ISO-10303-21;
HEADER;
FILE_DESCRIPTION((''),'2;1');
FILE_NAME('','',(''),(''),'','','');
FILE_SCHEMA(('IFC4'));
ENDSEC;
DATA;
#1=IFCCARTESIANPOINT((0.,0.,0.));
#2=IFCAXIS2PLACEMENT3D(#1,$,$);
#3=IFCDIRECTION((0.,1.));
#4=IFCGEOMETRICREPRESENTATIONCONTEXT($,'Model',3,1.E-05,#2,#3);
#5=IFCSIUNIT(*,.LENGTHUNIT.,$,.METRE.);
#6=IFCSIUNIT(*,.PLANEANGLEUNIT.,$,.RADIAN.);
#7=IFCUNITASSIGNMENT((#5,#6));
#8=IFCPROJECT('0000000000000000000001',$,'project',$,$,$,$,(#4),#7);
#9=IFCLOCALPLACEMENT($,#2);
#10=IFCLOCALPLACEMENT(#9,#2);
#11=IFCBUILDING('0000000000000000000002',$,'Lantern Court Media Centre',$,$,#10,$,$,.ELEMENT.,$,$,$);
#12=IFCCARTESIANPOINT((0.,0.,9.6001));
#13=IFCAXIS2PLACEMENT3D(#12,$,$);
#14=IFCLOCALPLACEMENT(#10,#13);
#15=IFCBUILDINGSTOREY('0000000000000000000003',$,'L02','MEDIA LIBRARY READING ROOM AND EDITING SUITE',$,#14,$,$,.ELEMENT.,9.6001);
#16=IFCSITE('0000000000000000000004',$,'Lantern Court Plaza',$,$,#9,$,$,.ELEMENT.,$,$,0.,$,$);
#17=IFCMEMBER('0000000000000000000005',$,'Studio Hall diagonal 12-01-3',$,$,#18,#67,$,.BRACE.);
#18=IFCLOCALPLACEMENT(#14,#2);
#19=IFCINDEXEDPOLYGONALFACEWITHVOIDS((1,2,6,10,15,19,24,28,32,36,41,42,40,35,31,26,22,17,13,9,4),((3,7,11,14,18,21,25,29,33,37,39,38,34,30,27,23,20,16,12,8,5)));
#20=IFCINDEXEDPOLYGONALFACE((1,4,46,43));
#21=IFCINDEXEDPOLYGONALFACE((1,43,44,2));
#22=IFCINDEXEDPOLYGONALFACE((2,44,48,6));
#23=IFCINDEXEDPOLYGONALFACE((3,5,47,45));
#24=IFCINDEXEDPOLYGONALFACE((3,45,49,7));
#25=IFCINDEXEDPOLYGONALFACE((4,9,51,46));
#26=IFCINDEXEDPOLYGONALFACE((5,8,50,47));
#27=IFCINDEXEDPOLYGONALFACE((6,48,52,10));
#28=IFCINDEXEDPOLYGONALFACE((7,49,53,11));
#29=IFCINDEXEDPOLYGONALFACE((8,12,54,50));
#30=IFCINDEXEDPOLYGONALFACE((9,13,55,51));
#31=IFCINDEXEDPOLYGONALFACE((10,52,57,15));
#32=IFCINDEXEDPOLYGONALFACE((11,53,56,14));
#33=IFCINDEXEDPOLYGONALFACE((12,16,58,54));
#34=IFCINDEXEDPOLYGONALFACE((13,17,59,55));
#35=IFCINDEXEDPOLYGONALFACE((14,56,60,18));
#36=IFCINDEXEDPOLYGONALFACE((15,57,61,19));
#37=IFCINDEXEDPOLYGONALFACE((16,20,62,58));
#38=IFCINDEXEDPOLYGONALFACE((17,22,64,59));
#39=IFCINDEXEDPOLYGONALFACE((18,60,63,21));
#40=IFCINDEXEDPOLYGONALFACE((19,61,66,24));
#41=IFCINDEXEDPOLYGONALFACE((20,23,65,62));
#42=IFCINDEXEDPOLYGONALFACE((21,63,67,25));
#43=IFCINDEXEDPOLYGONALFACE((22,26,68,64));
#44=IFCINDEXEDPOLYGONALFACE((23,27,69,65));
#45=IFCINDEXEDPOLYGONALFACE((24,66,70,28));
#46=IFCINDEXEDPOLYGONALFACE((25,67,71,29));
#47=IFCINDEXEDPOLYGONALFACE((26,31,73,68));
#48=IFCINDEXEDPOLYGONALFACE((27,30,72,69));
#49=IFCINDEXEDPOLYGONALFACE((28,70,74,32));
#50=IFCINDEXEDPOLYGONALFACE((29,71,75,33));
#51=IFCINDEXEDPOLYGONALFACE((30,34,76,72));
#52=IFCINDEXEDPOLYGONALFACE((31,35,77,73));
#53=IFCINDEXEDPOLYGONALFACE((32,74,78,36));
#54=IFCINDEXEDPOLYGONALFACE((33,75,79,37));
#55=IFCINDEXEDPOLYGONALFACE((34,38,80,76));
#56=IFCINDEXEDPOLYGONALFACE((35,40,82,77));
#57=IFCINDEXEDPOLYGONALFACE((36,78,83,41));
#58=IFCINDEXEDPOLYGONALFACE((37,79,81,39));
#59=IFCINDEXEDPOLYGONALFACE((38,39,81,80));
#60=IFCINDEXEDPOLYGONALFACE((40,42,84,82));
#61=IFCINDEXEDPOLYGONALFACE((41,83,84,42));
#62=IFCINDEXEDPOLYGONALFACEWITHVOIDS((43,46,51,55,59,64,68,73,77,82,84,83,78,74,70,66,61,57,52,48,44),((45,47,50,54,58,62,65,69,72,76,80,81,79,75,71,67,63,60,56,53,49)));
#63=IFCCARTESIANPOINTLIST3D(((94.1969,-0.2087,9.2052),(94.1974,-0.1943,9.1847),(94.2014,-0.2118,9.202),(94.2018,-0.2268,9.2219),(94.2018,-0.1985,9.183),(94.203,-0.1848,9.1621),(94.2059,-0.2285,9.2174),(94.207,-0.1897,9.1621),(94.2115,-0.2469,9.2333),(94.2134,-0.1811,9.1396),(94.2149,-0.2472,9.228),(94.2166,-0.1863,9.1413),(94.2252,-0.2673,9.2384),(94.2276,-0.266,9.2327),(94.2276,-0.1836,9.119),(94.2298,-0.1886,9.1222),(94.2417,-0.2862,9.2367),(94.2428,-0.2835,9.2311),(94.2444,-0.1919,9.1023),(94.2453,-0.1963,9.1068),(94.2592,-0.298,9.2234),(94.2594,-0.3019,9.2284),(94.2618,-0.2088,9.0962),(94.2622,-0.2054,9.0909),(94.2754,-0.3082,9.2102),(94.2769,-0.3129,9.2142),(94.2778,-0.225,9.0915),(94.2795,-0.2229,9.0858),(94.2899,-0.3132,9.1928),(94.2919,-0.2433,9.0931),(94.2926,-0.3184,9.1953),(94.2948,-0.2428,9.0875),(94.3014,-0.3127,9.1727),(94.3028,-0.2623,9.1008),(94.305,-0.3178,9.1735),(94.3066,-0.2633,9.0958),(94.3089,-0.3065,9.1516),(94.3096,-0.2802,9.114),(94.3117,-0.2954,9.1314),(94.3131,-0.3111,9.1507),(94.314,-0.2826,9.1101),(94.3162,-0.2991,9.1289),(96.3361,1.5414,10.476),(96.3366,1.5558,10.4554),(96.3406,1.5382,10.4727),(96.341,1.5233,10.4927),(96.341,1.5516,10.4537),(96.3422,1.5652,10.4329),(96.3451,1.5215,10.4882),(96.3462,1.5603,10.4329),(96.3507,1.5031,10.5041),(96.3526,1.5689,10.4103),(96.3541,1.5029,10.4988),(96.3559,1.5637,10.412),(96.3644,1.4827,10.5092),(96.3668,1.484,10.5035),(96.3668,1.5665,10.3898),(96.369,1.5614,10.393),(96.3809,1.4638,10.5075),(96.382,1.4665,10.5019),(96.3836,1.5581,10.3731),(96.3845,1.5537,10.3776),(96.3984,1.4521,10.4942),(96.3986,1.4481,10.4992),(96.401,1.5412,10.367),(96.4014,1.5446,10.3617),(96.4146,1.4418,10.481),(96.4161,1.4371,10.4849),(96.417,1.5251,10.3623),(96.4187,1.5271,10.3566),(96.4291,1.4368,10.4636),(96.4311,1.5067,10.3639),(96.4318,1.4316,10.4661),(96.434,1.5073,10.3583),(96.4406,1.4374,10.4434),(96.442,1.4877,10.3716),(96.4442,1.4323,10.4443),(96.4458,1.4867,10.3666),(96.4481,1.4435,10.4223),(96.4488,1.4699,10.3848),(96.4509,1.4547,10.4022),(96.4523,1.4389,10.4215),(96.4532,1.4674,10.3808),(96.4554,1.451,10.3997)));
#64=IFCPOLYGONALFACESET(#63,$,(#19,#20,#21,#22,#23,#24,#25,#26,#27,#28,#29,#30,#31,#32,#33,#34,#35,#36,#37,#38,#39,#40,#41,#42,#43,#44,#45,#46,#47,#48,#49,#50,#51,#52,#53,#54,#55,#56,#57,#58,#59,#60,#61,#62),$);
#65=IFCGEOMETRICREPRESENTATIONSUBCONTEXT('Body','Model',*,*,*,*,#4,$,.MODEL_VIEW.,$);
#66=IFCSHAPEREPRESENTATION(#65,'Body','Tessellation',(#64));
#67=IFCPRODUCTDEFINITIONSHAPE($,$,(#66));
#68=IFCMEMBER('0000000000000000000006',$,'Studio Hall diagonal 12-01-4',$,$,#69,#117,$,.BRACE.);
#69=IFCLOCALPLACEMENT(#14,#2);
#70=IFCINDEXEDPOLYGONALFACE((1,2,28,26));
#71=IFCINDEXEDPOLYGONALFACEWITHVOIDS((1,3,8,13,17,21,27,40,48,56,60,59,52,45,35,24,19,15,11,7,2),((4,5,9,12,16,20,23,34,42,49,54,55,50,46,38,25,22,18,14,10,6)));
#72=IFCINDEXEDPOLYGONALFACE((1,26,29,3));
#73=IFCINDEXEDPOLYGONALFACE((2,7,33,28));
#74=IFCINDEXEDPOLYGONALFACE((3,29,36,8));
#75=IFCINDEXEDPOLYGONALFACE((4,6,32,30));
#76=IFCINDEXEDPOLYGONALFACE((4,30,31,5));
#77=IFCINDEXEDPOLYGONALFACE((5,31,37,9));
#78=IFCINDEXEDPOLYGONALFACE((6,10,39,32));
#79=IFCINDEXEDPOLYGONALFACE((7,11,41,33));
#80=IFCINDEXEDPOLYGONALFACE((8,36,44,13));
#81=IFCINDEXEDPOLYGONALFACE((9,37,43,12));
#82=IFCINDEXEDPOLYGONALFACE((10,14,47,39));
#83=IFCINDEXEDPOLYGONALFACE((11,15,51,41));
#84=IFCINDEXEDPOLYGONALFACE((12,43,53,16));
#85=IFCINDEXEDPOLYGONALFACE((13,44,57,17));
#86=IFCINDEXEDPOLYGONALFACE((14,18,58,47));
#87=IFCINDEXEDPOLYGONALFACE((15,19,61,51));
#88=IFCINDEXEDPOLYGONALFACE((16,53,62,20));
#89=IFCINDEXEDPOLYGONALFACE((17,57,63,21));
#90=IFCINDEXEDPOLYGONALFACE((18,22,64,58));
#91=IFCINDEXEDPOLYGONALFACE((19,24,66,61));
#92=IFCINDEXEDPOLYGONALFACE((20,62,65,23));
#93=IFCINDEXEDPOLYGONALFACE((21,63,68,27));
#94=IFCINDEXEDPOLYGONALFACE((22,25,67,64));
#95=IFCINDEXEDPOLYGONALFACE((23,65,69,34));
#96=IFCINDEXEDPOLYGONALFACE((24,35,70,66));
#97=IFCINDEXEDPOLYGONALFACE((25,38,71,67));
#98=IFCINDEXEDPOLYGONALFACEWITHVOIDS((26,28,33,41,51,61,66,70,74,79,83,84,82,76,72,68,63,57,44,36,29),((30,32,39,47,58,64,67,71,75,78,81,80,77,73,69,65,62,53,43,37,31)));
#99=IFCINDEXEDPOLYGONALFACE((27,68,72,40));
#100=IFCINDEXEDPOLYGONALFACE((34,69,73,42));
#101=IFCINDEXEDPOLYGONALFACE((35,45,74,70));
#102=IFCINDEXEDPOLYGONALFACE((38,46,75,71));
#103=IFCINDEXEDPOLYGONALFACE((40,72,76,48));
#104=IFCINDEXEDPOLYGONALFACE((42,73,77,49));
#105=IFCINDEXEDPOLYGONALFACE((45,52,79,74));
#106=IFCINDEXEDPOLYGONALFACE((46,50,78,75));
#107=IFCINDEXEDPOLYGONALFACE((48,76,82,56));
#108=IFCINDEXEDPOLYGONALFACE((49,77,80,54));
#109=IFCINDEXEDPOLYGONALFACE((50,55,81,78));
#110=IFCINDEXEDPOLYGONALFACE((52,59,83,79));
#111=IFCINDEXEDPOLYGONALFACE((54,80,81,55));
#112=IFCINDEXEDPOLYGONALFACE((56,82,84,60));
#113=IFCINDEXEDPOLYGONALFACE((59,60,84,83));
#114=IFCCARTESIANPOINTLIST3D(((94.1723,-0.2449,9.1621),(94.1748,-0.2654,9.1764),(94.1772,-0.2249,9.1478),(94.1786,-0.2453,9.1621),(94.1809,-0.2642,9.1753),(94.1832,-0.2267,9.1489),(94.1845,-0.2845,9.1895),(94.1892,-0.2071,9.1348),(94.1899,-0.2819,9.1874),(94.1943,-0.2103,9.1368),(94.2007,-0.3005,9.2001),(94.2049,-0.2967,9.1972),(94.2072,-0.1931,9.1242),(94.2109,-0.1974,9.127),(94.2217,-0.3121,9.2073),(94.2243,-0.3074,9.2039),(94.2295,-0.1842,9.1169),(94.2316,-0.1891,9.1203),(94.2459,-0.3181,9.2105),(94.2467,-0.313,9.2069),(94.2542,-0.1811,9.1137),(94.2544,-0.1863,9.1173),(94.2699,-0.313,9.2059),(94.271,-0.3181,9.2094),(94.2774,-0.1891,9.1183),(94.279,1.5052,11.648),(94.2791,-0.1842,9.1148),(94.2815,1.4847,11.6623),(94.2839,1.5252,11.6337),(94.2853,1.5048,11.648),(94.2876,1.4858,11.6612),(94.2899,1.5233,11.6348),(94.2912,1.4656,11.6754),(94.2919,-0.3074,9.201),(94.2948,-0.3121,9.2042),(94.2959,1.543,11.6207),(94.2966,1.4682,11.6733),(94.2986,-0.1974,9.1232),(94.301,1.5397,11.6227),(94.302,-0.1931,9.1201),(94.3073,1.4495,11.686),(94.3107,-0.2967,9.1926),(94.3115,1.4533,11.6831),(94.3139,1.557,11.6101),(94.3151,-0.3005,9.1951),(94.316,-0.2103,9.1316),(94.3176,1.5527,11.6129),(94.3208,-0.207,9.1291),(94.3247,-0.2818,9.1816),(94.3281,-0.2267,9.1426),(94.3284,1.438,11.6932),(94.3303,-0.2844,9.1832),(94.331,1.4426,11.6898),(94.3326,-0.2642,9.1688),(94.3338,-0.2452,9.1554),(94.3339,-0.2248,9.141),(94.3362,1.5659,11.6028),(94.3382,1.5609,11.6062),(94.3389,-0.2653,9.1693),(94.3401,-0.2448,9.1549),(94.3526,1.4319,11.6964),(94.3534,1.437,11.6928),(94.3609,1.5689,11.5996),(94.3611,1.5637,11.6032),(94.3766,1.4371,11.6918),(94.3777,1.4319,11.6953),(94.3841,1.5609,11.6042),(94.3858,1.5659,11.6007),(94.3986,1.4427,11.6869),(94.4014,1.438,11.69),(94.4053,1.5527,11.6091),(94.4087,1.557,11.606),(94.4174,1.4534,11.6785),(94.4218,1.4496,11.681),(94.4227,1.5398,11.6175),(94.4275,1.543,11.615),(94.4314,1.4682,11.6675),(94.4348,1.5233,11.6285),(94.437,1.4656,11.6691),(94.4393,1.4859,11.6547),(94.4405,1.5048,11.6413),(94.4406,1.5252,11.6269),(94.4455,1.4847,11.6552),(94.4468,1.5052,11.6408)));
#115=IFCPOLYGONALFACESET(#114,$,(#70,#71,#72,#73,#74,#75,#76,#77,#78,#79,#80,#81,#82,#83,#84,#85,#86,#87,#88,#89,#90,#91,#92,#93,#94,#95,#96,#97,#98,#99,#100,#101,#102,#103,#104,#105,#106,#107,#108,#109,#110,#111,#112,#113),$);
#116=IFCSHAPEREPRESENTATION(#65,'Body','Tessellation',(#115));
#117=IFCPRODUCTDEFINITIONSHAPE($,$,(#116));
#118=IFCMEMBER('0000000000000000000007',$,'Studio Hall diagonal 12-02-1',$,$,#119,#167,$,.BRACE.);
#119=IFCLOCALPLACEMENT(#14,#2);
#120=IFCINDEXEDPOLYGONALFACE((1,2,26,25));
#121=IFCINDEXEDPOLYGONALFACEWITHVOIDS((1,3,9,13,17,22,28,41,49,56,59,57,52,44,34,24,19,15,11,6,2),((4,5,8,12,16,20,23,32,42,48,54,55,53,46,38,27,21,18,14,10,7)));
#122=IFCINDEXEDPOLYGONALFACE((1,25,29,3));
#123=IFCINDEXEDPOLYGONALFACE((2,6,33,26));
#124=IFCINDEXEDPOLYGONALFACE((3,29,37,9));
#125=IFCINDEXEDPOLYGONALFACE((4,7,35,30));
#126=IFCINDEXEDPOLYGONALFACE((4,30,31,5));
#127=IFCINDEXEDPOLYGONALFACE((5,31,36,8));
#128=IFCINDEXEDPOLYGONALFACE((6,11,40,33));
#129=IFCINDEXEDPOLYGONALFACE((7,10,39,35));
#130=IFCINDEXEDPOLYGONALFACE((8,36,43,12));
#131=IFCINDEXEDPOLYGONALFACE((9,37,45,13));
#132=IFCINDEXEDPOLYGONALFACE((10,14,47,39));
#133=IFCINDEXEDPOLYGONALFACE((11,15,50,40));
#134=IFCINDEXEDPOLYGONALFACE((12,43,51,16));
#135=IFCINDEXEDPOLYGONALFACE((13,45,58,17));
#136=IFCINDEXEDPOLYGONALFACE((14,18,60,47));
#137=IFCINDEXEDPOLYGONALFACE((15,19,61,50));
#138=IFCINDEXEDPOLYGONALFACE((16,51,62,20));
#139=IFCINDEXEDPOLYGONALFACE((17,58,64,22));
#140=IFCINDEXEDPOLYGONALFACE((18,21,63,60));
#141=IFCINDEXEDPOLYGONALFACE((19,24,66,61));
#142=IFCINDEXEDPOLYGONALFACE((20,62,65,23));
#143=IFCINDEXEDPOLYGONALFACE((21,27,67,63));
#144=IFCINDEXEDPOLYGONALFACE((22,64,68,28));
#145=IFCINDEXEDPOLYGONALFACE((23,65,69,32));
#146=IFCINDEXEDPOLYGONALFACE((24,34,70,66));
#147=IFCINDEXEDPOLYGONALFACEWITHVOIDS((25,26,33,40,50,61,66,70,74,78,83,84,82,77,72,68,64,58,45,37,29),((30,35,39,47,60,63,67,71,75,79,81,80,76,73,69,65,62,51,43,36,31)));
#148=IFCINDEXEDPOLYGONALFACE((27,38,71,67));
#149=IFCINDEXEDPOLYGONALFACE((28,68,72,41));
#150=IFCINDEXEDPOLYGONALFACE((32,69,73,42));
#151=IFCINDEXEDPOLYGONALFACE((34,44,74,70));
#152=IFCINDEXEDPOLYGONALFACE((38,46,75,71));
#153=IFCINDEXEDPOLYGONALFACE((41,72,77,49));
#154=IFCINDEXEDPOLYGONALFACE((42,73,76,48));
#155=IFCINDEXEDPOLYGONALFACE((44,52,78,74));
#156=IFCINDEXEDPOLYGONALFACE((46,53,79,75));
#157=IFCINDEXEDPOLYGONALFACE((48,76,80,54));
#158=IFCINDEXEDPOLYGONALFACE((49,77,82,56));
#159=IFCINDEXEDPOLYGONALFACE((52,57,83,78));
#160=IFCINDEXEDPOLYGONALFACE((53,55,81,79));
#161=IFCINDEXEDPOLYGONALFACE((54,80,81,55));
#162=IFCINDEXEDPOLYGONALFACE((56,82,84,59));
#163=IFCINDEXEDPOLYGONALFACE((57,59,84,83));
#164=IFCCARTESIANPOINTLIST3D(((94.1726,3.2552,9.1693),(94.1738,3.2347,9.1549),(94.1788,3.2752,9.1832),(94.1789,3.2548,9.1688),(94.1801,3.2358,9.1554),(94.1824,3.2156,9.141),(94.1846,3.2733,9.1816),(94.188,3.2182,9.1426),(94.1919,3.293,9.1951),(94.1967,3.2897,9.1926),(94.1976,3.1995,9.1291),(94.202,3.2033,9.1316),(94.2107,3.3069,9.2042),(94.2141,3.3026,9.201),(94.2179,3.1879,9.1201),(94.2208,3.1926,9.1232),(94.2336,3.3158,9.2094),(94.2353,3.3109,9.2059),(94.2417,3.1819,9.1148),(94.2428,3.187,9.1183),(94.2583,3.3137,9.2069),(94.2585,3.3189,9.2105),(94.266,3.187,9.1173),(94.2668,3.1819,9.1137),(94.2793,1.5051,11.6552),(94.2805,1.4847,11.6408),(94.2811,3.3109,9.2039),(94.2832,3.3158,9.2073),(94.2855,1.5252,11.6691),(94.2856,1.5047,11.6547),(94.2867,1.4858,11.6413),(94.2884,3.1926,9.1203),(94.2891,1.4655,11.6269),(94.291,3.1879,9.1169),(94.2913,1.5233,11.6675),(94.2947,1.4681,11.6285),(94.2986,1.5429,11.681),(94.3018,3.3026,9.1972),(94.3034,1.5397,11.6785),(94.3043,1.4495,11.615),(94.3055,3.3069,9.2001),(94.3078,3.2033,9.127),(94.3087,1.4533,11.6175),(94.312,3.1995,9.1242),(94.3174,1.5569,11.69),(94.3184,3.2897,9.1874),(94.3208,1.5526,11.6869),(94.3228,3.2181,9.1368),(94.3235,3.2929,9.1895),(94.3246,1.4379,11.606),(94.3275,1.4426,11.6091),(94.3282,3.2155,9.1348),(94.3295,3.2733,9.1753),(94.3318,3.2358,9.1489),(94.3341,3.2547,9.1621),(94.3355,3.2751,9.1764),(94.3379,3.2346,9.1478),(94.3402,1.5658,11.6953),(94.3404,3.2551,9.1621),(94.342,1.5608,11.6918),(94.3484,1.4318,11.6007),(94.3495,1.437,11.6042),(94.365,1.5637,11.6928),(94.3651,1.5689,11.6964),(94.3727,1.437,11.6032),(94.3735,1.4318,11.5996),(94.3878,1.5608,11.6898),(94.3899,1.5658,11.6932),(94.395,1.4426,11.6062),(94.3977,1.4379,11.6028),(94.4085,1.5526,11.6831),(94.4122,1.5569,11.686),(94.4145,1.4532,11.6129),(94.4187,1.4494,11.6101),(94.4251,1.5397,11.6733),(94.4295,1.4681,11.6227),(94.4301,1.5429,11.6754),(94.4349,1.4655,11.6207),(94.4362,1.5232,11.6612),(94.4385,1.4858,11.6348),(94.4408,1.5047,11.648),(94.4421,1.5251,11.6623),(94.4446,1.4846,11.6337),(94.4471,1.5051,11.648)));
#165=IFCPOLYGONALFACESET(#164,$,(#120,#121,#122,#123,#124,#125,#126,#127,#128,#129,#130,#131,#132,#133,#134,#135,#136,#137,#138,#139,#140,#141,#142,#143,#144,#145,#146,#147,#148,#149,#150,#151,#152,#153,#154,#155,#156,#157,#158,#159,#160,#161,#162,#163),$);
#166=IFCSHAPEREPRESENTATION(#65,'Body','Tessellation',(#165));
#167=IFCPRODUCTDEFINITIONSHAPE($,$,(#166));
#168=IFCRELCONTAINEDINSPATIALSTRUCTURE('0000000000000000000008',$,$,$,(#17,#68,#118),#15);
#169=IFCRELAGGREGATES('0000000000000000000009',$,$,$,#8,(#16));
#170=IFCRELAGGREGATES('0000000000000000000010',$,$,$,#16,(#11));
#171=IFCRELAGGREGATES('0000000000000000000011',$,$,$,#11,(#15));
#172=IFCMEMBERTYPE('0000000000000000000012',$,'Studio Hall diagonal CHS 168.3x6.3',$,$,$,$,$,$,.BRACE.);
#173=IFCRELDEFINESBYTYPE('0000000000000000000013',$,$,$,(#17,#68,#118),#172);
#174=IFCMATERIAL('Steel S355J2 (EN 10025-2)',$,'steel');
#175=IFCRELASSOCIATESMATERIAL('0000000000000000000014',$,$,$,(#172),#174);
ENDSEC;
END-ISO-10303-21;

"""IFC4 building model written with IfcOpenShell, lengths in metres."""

from ifc_helpers import new_model, si_unit, direction, frame, origin, origin_2d, place, context, subcontext, project, spatial, hollow_circle, extrude, material, material_profile, profile_set, type_object, element, save


model = new_model("IFC4")

# Units and contexts
model_context = context("Model", 3, precision=1e-05, world=origin(), true_north=direction((0.0, 1.0)))
body_context = subcontext(model_context, "Body", "Model", "MODEL_VIEW")
ifc_project = project(units=[si_unit("LENGTHUNIT", "METRE"), si_unit("PLANEANGLEUNIT", "RADIAN")], contexts=[model_context])

# Site, building, storey
site_placement = place(None, origin())
site = spatial("IfcSite", under=ifc_project, at=site_placement, Name="Lantern Court Plaza", CompositionType="ELEMENT", RefElevation=0.0)
building_placement = place(site_placement, origin())
building = spatial("IfcBuilding", under=site, at=building_placement, Name="Lantern Court Media Centre", CompositionType="ELEMENT")
storey_placement = place(building_placement, frame((0.0, 0.0, 9.6001)))
storey = spatial("IfcBuildingStorey", under=building, at=storey_placement, Name="L02", Description="MEDIA LIBRARY READING ROOM AND EDITING SUITE", CompositionType="ELEMENT", Elevation=9.6001)

# Members
ifc_material_1 = material(Name="Steel S355J2 (EN 10025-2)", Category="steel")
ifc_material_profile_1 = material_profile(ifc_material_1, hollow_circle(Radius=0.0842, WallThickness=0.0063, at=origin_2d()), Name="Studio Hall diagonal CHS 168.3x6.3")
ifc_profile_set_1 = profile_set([ifc_material_profile_1], Name="Steel S355J2 (EN 10025-2)")
member_type_1 = type_object("IfcMemberType", Name="Studio Hall diagonal CHS 168.3x6.3", PredefinedType="BRACE", material=ifc_profile_set_1)
for number, where, z_axis, x_axis, name in (
    (1, (94.2563, -0.25, 9.1621), (0.703225, 0.575293, 0.417746), (-0.63319, 0.773997, 0.0), "Studio Hall diagonal 12-01-3"),
    (2, (94.2563, -0.25, 9.1621), (0.035073, 0.575294, 0.817194), (-0.998147, 0.060852, 0.0), "Studio Hall diagonal 12-01-4"),
    (3, (94.2563, 3.25, 9.1621), (0.035073, -0.575294, 0.817194), (0.998147, 0.060852, 0.0), "Studio Hall diagonal 12-02-1"),
):
    element("IfcMember", number, at=place(storey_placement, frame(where, z_axis=z_axis, x_axis=x_axis)), inside=storey, type_object=member_type_1, Name=name, PredefinedType="BRACE", context=body_context, shape_type="SweptSolid", body=[
        extrude(hollow_circle(Radius=0.0842, WallThickness=0.0063, at=origin_2d()), origin(), (0.0, 0.0, 1.0), 3.042),
    ])

save(model, "model.ifc")
